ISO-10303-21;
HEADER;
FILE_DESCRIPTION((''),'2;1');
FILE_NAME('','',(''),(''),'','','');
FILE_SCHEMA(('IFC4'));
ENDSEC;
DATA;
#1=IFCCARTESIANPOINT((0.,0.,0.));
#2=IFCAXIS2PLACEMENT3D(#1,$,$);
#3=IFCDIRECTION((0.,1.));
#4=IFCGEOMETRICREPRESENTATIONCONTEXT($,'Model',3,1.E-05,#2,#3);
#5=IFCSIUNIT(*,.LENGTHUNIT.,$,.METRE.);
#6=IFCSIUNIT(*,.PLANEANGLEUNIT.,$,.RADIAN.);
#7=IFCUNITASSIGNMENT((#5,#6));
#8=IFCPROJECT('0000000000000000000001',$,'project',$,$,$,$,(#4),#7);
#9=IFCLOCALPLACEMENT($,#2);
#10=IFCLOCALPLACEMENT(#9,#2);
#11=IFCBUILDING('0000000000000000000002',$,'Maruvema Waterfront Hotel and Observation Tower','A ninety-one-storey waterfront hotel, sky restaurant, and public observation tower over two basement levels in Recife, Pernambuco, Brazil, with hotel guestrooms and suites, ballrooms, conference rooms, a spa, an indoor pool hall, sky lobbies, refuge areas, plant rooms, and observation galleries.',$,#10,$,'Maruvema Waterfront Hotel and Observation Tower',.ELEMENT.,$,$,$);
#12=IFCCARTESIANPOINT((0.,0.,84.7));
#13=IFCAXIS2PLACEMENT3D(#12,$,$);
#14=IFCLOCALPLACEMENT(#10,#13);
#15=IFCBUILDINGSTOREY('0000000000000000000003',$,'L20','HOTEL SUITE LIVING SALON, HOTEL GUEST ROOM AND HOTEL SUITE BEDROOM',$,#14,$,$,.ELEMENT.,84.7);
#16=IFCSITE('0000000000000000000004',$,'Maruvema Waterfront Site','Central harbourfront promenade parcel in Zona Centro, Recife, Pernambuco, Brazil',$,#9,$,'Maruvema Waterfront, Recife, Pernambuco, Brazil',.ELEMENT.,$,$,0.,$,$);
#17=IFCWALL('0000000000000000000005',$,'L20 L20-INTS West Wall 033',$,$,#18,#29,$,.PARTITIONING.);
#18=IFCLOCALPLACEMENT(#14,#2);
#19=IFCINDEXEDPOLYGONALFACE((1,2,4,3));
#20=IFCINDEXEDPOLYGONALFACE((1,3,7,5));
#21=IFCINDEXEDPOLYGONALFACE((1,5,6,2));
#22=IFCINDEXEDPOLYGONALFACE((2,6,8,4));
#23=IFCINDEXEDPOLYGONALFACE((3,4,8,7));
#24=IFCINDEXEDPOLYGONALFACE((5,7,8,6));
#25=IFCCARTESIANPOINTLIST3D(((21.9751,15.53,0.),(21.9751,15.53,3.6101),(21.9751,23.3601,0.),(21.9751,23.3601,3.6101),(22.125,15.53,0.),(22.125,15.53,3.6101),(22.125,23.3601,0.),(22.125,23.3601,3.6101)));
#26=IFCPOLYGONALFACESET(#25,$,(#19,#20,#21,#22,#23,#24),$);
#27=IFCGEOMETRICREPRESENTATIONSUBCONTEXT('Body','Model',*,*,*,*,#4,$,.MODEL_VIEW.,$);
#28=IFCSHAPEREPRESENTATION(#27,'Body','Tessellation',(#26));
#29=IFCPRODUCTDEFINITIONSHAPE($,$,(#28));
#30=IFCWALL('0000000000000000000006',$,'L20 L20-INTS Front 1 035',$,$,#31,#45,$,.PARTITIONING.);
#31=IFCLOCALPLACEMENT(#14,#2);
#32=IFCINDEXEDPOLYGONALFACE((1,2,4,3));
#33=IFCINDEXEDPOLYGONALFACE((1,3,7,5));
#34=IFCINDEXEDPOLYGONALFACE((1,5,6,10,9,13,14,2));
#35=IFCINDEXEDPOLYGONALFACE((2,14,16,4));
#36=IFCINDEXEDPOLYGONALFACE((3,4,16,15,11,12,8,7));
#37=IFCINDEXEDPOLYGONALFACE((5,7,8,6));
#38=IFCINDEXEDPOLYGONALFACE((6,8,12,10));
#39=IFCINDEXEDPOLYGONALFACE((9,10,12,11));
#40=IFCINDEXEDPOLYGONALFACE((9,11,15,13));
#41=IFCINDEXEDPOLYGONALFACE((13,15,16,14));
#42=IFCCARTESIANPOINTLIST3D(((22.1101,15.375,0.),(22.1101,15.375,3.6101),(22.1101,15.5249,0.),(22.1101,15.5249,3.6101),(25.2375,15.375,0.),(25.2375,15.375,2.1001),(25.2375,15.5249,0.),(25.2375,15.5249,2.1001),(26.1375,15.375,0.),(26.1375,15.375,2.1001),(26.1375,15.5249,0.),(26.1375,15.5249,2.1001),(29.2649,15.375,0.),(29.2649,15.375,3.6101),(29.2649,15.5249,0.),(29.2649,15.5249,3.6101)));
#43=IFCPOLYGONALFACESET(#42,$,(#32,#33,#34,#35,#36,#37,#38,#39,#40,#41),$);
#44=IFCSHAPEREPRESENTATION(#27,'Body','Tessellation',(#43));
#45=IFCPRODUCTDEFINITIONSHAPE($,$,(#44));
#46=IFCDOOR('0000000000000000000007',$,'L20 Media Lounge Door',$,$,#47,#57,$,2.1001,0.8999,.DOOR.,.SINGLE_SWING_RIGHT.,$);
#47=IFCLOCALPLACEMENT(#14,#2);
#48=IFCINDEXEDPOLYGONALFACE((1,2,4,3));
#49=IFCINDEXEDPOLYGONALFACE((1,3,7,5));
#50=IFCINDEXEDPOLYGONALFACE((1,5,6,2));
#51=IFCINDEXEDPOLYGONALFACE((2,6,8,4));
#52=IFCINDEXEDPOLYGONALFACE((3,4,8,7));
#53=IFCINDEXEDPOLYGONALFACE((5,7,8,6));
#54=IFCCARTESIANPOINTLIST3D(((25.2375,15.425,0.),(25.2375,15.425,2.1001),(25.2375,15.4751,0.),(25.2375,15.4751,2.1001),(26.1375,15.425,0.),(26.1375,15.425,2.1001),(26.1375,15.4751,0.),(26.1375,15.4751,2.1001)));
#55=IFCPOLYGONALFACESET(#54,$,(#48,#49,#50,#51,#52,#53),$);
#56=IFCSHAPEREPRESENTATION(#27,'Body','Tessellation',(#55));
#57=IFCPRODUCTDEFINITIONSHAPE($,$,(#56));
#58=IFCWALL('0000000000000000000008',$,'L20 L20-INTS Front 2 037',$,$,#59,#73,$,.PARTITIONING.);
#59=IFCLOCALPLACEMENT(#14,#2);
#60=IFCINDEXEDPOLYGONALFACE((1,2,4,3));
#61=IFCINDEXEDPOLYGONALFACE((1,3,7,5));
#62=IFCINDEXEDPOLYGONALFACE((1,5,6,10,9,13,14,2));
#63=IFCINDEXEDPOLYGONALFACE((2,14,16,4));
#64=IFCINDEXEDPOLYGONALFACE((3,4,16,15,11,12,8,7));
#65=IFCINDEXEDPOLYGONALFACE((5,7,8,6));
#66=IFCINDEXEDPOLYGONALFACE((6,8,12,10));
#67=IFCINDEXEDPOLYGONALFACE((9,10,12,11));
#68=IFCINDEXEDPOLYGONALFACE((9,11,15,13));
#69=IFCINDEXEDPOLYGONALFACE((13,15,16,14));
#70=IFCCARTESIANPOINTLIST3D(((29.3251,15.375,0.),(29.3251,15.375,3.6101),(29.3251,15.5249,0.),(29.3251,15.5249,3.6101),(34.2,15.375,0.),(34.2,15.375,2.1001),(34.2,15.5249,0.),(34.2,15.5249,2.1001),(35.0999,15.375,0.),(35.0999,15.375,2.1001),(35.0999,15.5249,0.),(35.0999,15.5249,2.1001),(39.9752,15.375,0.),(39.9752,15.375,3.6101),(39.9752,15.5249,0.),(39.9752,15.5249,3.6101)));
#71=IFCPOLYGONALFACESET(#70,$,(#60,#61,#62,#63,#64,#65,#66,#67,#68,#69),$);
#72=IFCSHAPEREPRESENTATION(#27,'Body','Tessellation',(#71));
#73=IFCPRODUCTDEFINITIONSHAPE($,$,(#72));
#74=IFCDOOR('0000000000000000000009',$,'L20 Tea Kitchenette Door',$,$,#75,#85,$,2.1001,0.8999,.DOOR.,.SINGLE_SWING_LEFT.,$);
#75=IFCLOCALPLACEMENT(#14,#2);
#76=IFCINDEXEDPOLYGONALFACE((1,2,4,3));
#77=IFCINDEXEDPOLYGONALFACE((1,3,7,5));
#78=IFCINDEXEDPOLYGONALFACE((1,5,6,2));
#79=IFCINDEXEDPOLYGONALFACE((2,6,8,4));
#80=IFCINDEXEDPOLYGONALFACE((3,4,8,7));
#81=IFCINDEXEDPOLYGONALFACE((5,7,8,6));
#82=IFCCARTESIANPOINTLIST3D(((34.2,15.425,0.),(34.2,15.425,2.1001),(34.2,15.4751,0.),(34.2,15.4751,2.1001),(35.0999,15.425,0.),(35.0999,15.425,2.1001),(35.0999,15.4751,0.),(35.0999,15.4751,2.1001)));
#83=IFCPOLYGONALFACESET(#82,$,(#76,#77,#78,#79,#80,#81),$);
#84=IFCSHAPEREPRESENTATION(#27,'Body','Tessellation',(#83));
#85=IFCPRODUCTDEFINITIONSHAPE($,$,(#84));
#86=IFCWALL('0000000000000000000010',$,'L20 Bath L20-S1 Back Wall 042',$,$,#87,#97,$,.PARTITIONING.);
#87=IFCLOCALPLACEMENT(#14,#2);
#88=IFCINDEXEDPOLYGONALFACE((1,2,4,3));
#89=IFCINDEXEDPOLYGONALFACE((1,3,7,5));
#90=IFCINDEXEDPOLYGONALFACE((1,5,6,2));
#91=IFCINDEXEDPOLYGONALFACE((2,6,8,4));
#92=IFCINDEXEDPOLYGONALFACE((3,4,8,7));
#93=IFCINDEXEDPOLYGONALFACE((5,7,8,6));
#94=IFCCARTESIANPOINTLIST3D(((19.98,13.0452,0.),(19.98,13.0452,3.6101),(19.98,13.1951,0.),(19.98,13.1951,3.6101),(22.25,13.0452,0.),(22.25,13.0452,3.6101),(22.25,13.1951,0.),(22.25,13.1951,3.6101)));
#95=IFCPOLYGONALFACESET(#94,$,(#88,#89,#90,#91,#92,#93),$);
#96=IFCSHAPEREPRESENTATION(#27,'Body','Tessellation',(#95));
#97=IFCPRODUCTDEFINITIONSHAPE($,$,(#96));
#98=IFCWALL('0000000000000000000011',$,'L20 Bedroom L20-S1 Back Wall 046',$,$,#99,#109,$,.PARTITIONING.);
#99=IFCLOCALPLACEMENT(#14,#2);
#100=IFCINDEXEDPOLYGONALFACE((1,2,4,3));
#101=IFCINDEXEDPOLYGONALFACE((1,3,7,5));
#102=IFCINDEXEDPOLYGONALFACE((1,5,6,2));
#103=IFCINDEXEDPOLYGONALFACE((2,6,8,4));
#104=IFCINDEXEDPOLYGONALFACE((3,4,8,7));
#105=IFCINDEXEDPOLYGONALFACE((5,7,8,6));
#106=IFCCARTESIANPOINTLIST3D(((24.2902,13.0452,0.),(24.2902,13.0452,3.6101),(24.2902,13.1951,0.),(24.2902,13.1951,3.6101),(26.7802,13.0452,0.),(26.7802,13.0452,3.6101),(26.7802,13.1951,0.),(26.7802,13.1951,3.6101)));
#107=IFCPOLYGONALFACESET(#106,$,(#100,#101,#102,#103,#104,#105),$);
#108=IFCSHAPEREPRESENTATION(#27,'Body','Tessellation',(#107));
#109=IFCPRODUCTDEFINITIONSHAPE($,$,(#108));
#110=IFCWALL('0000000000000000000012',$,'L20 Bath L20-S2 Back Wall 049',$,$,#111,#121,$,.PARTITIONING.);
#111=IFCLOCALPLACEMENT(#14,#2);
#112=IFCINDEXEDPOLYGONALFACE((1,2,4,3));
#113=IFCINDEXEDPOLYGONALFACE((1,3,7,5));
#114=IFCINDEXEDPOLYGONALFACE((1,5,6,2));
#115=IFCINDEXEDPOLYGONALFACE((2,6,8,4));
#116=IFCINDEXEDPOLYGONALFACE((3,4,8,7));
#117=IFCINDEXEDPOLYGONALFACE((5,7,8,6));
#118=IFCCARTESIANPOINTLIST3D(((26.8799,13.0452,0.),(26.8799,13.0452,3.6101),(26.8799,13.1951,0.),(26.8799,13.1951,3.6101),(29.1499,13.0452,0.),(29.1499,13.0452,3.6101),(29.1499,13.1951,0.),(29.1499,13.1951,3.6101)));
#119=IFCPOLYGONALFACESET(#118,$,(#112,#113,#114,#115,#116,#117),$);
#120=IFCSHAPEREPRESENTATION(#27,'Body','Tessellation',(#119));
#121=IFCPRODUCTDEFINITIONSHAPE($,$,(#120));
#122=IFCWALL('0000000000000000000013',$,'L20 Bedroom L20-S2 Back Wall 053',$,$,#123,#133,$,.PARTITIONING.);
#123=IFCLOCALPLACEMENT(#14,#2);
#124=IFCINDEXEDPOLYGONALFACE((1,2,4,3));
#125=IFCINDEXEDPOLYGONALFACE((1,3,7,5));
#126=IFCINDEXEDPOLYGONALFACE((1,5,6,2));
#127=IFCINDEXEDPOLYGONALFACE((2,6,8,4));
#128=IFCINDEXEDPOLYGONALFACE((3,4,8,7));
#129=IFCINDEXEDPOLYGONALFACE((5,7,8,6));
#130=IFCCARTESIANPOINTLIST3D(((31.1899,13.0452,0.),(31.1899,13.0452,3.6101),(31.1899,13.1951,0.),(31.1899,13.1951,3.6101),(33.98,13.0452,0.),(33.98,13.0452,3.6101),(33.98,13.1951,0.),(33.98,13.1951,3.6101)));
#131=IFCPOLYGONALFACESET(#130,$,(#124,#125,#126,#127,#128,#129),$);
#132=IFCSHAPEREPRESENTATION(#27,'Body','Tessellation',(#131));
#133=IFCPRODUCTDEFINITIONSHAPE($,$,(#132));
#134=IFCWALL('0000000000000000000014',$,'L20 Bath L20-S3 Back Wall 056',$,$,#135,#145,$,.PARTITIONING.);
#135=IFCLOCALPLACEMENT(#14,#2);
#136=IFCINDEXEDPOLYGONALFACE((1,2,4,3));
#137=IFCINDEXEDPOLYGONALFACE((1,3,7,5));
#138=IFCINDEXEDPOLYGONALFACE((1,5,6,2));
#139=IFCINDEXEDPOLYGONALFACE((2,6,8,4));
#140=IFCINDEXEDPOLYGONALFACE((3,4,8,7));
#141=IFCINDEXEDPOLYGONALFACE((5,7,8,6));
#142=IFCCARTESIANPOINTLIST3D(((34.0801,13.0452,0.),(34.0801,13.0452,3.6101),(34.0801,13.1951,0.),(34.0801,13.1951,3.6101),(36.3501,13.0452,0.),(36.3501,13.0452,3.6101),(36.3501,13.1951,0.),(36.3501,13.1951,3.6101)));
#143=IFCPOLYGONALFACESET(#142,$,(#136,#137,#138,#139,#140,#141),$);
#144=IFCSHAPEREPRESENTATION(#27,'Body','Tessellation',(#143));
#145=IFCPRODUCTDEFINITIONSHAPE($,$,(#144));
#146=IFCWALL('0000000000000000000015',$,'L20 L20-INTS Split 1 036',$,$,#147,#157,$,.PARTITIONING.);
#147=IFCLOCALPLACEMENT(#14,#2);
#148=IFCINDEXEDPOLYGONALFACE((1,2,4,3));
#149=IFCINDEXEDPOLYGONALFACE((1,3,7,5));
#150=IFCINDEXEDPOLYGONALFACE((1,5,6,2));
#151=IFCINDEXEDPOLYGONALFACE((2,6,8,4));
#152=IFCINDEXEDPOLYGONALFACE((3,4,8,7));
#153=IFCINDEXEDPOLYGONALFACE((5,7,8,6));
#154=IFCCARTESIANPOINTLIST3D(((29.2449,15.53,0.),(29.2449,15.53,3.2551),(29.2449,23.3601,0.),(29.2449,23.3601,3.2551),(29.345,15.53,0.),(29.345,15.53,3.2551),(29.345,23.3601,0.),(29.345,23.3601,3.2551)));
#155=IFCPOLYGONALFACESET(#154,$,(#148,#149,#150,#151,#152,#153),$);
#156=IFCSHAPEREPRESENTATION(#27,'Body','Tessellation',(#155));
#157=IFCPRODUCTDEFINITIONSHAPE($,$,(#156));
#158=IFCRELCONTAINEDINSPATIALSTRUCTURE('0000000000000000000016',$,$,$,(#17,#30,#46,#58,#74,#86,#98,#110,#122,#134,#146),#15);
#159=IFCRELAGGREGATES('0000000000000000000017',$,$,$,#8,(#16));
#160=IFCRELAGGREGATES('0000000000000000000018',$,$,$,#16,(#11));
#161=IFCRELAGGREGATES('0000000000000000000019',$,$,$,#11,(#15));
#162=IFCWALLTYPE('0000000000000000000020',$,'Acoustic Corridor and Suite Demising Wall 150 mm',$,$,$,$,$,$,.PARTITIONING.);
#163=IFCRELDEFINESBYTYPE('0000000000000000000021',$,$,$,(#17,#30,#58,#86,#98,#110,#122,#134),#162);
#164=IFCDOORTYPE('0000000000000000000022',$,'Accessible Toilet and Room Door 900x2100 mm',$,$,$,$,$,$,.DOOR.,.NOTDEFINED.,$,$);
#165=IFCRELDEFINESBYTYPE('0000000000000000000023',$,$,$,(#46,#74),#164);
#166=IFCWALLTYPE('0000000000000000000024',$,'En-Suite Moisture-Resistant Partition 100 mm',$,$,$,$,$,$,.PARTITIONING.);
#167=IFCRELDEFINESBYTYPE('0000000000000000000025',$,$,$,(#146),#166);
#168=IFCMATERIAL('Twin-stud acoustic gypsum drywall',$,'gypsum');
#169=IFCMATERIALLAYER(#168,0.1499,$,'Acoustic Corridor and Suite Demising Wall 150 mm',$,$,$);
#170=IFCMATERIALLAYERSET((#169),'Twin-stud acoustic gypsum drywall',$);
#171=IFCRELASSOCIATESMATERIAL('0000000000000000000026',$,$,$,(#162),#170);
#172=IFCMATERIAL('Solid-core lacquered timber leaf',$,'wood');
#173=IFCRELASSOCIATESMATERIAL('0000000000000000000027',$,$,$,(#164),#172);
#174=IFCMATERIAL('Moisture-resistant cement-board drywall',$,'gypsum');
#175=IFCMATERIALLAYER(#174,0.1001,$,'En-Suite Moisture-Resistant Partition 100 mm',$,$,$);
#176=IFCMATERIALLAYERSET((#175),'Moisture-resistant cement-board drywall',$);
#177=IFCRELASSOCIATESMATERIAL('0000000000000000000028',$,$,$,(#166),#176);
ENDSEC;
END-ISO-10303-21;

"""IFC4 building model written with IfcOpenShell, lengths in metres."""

from ifc_helpers import new_model, si_unit, direction, frame, frame_2d, origin, place, context, subcontext, project, spatial, rectangle, extrude, material, layer, layer_set, type_object, element, fill, save


model = new_model("IFC4")

# Units and contexts
model_context = context("Model", 3, precision=1e-05, world=origin(), true_north=direction((0.0, 1.0)))
body_context = subcontext(model_context, "Body", "Model", "MODEL_VIEW")
ifc_project = project(units=[si_unit("LENGTHUNIT", "METRE"), si_unit("PLANEANGLEUNIT", "RADIAN")], contexts=[model_context])

# Site, building, storey
site_placement = place(None, origin())
site = spatial("IfcSite", under=ifc_project, at=site_placement, Name="Maruvema Waterfront Site", Description="Central harbourfront promenade parcel in Zona Centro, Recife, Pernambuco, Brazil", LongName="Maruvema Waterfront, Recife, Pernambuco, Brazil", CompositionType="ELEMENT", RefElevation=0.0)
building_placement = place(site_placement, origin())
building = spatial("IfcBuilding", under=site, at=building_placement, Name="Maruvema Waterfront Hotel and Observation Tower", Description="A ninety-one-storey waterfront hotel, sky restaurant, and public observation tower over two basement levels in Recife, Pernambuco, Brazil, with hotel guestrooms and suites, ballrooms, conference rooms, a spa, an indoor pool hall, sky lobbies, refuge areas, plant rooms, and observation galleries.", LongName="Maruvema Waterfront Hotel and Observation Tower", CompositionType="ELEMENT")
storey_placement = place(building_placement, frame((0.0, 0.0, 84.7)))
storey = spatial("IfcBuildingStorey", under=building, at=storey_placement, Name="L20", Description="HOTEL SUITE LIVING SALON, HOTEL GUEST ROOM AND HOTEL SUITE BEDROOM", CompositionType="ELEMENT", Elevation=84.7)

# Wall
ifc_material_1 = material(Name="Twin-stud acoustic gypsum drywall", Category="gypsum")
ifc_layer_1 = layer(ifc_material_1, 0.1499, Name="Acoustic Corridor and Suite Demising Wall 150 mm")
ifc_layer_set_1 = layer_set([ifc_layer_1], Name="Twin-stud acoustic gypsum drywall")
wall_type_1 = type_object("IfcWallType", Name="Acoustic Corridor and Suite Demising Wall 150 mm", PredefinedType="PARTITIONING", material=ifc_layer_set_1)
wall_1_placement = place(storey_placement, frame((22.05, 15.53, 0.0), z_axis=(0.0, 0.0, 1.0), x_axis=(0.0, 1.0, 0.0)))
element("IfcWall", 1, at=wall_1_placement, inside=storey, type_object=wall_type_1, Name="L20 L20-INTS West Wall 033", PredefinedType="PARTITIONING", context=body_context, shape_type="SweptSolid", body=[
    extrude(rectangle(XDim=7.8301, YDim=0.1499, at=frame_2d((3.915, 0.0))), origin(), (0.0, 0.0, 1.0), 3.6101),
])

# Walls, openings, doors
wall_2_placement = place(storey_placement, frame((22.1101, 15.45, 0.0), z_axis=(0.0, 0.0, 1.0), x_axis=(1.0, 0.0, 0.0)))
wall_2 = element("IfcWall", 2, at=wall_2_placement, inside=storey, type_object=wall_type_1, Name="L20 L20-INTS Front 1 035", PredefinedType="PARTITIONING", context=body_context, shape_type="SweptSolid", body=[
    extrude(rectangle(XDim=7.1548, YDim=0.1499, at=frame_2d((3.5774, 0.0))), origin(), (0.0, 0.0, 1.0), 3.6101),
])
opening_1_placement = place(wall_2_placement, frame((3.1274, 0.0, 0.0)))
opening_1 = element("IfcOpeningElement", 3, at=opening_1_placement, cuts=wall_2, PredefinedType="OPENING", context=body_context, shape_type="SweptSolid", body=[
    extrude(rectangle(XDim=0.8999, YDim=2.1001, at=frame_2d((0.45, 1.05))), frame((0.0, 0.085, 0.0), z_axis=(0.0, -1.0, 0.0), x_axis=(1.0, 0.0, 0.0)), (0.0, 0.0, 1.0), 0.1699),
])
ifc_material_2 = material(Name="Solid-core lacquered timber leaf", Category="wood")
door_type_1 = type_object("IfcDoorType", Name="Accessible Toilet and Room Door 900x2100 mm", OperationType="NOTDEFINED", PredefinedType="DOOR", material=ifc_material_2)
door_1_placement = place(opening_1_placement, frame((0.8999, 0.0, 0.0), z_axis=(0.0, 0.0, 1.0), x_axis=(-1.0, 0.0, 0.0)))
door_1 = element("IfcDoor", 4, at=door_1_placement, inside=storey, type_object=door_type_1, Name="L20 Media Lounge Door", OperationType="SINGLE_SWING_RIGHT", OverallHeight=2.1001, OverallWidth=0.8999, PredefinedType="DOOR", context=body_context, shape_type="SweptSolid", body=[
    extrude(rectangle(XDim=0.8999, YDim=2.1001, at=frame_2d((0.45, 1.05))), frame((0.0, 0.0249, 0.0), z_axis=(0.0, -1.0, 0.0), x_axis=(1.0, 0.0, 0.0)), (0.0, 0.0, 1.0), 0.05),
])
fill(opening_1, door_1)
wall_3_placement = place(storey_placement, frame((29.325, 15.45, 0.0), z_axis=(0.0, 0.0, 1.0), x_axis=(1.0, 0.0, 0.0)))
wall_3 = element("IfcWall", 5, at=wall_3_placement, inside=storey, type_object=wall_type_1, Name="L20 L20-INTS Front 2 037", PredefinedType="PARTITIONING", context=body_context, shape_type="SweptSolid", body=[
    extrude(rectangle(XDim=10.6501, YDim=0.1499, at=frame_2d((5.3252, 0.0))), origin(), (0.0, 0.0, 1.0), 3.6101),
])
opening_2_placement = place(wall_3_placement, frame((4.875, 0.0, 0.0)))
opening_2 = element("IfcOpeningElement", 6, at=opening_2_placement, cuts=wall_3, PredefinedType="OPENING", context=body_context, shape_type="SweptSolid", body=[
    extrude(rectangle(XDim=0.8999, YDim=2.1001, at=frame_2d((0.45, 1.05))), frame((0.0, 0.085, 0.0), z_axis=(0.0, -1.0, 0.0), x_axis=(1.0, 0.0, 0.0)), (0.0, 0.0, 1.0), 0.1699),
])
door_2_placement = place(opening_2_placement, frame((0.8999, 0.0, 0.0), z_axis=(0.0, 0.0, 1.0), x_axis=(-1.0, 0.0, 0.0)))
door_2 = element("IfcDoor", 7, at=door_2_placement, inside=storey, type_object=door_type_1, Name="L20 Tea Kitchenette Door", OperationType="SINGLE_SWING_LEFT", OverallHeight=2.1001, OverallWidth=0.8999, PredefinedType="DOOR", context=body_context, shape_type="SweptSolid", body=[
    extrude(rectangle(XDim=0.8999, YDim=2.1001, at=frame_2d((0.45, 1.05))), frame((0.0, 0.0249, 0.0), z_axis=(0.0, -1.0, 0.0), x_axis=(1.0, 0.0, 0.0)), (0.0, 0.0, 1.0), 0.05),
])
fill(opening_2, door_2)

# Wall
wall_4_placement = place(storey_placement, frame((19.98, 13.1201, 0.0), z_axis=(0.0, 0.0, 1.0), x_axis=(1.0, 0.0, 0.0)))
element("IfcWall", 8, at=wall_4_placement, inside=storey, type_object=wall_type_1, Name="L20 Bath L20-S1 Back Wall 042", PredefinedType="PARTITIONING", context=body_context, shape_type="SweptSolid", body=[
    extrude(rectangle(XDim=2.27, YDim=0.1499, at=frame_2d((1.135, 0.0))), origin(), (0.0, 0.0, 1.0), 3.6101),
])

# Walls
wall_5_placement = place(storey_placement, frame((24.29, 13.1201, 0.0), z_axis=(0.0, 0.0, 1.0), x_axis=(1.0, 0.0, 0.0)))
element("IfcWall", 9, at=wall_5_placement, inside=storey, type_object=wall_type_1, Name="L20 Bedroom L20-S1 Back Wall 046", PredefinedType="PARTITIONING", context=body_context, shape_type="SweptSolid", body=[
    extrude(rectangle(XDim=2.49, YDim=0.1499, at=frame_2d((1.2451, 0.0))), origin(), (0.0, 0.0, 1.0), 3.6101),
])
wall_6_placement = place(storey_placement, frame((26.8799, 13.1201, 0.0), z_axis=(0.0, 0.0, 1.0), x_axis=(1.0, 0.0, 0.0)))
element("IfcWall", 10, at=wall_6_placement, inside=storey, type_object=wall_type_1, Name="L20 Bath L20-S2 Back Wall 049", PredefinedType="PARTITIONING", context=body_context, shape_type="SweptSolid", body=[
    extrude(rectangle(XDim=2.27, YDim=0.1499, at=frame_2d((1.135, 0.0))), origin(), (0.0, 0.0, 1.0), 3.6101),
])

# Walls
wall_7_placement = place(storey_placement, frame((31.1899, 13.1201, 0.0), z_axis=(0.0, 0.0, 1.0), x_axis=(1.0, 0.0, 0.0)))
element("IfcWall", 11, at=wall_7_placement, inside=storey, type_object=wall_type_1, Name="L20 Bedroom L20-S2 Back Wall 053", PredefinedType="PARTITIONING", context=body_context, shape_type="SweptSolid", body=[
    extrude(rectangle(XDim=2.79, YDim=0.1499, at=frame_2d((1.395, 0.0))), origin(), (0.0, 0.0, 1.0), 3.6101),
])
wall_8_placement = place(storey_placement, frame((34.0801, 13.1201, 0.0), z_axis=(0.0, 0.0, 1.0), x_axis=(1.0, 0.0, 0.0)))
element("IfcWall", 12, at=wall_8_placement, inside=storey, type_object=wall_type_1, Name="L20 Bath L20-S3 Back Wall 056", PredefinedType="PARTITIONING", context=body_context, shape_type="SweptSolid", body=[
    extrude(rectangle(XDim=2.27, YDim=0.1499, at=frame_2d((1.135, 0.0))), origin(), (0.0, 0.0, 1.0), 3.6101),
])
ifc_material_3 = material(Name="Moisture-resistant cement-board drywall", Category="gypsum")
ifc_layer_2 = layer(ifc_material_3, 0.1001, Name="En-Suite Moisture-Resistant Partition 100 mm")
ifc_layer_set_2 = layer_set([ifc_layer_2], Name="Moisture-resistant cement-board drywall")
wall_type_2 = type_object("IfcWallType", Name="En-Suite Moisture-Resistant Partition 100 mm", PredefinedType="PARTITIONING", material=ifc_layer_set_2)
wall_9_placement = place(storey_placement, frame((29.2949, 15.53, 0.0), z_axis=(0.0, 0.0, 1.0), x_axis=(0.0, 1.0, 0.0)))
element("IfcWall", 13, at=wall_9_placement, inside=storey, type_object=wall_type_2, Name="L20 L20-INTS Split 1 036", PredefinedType="PARTITIONING", context=body_context, shape_type="SweptSolid", body=[
    extrude(rectangle(XDim=7.8301, YDim=0.1001, at=frame_2d((3.915, 0.0))), origin(), (0.0, 0.0, 1.0), 3.2551),
])

save(model, "model.ifc")
